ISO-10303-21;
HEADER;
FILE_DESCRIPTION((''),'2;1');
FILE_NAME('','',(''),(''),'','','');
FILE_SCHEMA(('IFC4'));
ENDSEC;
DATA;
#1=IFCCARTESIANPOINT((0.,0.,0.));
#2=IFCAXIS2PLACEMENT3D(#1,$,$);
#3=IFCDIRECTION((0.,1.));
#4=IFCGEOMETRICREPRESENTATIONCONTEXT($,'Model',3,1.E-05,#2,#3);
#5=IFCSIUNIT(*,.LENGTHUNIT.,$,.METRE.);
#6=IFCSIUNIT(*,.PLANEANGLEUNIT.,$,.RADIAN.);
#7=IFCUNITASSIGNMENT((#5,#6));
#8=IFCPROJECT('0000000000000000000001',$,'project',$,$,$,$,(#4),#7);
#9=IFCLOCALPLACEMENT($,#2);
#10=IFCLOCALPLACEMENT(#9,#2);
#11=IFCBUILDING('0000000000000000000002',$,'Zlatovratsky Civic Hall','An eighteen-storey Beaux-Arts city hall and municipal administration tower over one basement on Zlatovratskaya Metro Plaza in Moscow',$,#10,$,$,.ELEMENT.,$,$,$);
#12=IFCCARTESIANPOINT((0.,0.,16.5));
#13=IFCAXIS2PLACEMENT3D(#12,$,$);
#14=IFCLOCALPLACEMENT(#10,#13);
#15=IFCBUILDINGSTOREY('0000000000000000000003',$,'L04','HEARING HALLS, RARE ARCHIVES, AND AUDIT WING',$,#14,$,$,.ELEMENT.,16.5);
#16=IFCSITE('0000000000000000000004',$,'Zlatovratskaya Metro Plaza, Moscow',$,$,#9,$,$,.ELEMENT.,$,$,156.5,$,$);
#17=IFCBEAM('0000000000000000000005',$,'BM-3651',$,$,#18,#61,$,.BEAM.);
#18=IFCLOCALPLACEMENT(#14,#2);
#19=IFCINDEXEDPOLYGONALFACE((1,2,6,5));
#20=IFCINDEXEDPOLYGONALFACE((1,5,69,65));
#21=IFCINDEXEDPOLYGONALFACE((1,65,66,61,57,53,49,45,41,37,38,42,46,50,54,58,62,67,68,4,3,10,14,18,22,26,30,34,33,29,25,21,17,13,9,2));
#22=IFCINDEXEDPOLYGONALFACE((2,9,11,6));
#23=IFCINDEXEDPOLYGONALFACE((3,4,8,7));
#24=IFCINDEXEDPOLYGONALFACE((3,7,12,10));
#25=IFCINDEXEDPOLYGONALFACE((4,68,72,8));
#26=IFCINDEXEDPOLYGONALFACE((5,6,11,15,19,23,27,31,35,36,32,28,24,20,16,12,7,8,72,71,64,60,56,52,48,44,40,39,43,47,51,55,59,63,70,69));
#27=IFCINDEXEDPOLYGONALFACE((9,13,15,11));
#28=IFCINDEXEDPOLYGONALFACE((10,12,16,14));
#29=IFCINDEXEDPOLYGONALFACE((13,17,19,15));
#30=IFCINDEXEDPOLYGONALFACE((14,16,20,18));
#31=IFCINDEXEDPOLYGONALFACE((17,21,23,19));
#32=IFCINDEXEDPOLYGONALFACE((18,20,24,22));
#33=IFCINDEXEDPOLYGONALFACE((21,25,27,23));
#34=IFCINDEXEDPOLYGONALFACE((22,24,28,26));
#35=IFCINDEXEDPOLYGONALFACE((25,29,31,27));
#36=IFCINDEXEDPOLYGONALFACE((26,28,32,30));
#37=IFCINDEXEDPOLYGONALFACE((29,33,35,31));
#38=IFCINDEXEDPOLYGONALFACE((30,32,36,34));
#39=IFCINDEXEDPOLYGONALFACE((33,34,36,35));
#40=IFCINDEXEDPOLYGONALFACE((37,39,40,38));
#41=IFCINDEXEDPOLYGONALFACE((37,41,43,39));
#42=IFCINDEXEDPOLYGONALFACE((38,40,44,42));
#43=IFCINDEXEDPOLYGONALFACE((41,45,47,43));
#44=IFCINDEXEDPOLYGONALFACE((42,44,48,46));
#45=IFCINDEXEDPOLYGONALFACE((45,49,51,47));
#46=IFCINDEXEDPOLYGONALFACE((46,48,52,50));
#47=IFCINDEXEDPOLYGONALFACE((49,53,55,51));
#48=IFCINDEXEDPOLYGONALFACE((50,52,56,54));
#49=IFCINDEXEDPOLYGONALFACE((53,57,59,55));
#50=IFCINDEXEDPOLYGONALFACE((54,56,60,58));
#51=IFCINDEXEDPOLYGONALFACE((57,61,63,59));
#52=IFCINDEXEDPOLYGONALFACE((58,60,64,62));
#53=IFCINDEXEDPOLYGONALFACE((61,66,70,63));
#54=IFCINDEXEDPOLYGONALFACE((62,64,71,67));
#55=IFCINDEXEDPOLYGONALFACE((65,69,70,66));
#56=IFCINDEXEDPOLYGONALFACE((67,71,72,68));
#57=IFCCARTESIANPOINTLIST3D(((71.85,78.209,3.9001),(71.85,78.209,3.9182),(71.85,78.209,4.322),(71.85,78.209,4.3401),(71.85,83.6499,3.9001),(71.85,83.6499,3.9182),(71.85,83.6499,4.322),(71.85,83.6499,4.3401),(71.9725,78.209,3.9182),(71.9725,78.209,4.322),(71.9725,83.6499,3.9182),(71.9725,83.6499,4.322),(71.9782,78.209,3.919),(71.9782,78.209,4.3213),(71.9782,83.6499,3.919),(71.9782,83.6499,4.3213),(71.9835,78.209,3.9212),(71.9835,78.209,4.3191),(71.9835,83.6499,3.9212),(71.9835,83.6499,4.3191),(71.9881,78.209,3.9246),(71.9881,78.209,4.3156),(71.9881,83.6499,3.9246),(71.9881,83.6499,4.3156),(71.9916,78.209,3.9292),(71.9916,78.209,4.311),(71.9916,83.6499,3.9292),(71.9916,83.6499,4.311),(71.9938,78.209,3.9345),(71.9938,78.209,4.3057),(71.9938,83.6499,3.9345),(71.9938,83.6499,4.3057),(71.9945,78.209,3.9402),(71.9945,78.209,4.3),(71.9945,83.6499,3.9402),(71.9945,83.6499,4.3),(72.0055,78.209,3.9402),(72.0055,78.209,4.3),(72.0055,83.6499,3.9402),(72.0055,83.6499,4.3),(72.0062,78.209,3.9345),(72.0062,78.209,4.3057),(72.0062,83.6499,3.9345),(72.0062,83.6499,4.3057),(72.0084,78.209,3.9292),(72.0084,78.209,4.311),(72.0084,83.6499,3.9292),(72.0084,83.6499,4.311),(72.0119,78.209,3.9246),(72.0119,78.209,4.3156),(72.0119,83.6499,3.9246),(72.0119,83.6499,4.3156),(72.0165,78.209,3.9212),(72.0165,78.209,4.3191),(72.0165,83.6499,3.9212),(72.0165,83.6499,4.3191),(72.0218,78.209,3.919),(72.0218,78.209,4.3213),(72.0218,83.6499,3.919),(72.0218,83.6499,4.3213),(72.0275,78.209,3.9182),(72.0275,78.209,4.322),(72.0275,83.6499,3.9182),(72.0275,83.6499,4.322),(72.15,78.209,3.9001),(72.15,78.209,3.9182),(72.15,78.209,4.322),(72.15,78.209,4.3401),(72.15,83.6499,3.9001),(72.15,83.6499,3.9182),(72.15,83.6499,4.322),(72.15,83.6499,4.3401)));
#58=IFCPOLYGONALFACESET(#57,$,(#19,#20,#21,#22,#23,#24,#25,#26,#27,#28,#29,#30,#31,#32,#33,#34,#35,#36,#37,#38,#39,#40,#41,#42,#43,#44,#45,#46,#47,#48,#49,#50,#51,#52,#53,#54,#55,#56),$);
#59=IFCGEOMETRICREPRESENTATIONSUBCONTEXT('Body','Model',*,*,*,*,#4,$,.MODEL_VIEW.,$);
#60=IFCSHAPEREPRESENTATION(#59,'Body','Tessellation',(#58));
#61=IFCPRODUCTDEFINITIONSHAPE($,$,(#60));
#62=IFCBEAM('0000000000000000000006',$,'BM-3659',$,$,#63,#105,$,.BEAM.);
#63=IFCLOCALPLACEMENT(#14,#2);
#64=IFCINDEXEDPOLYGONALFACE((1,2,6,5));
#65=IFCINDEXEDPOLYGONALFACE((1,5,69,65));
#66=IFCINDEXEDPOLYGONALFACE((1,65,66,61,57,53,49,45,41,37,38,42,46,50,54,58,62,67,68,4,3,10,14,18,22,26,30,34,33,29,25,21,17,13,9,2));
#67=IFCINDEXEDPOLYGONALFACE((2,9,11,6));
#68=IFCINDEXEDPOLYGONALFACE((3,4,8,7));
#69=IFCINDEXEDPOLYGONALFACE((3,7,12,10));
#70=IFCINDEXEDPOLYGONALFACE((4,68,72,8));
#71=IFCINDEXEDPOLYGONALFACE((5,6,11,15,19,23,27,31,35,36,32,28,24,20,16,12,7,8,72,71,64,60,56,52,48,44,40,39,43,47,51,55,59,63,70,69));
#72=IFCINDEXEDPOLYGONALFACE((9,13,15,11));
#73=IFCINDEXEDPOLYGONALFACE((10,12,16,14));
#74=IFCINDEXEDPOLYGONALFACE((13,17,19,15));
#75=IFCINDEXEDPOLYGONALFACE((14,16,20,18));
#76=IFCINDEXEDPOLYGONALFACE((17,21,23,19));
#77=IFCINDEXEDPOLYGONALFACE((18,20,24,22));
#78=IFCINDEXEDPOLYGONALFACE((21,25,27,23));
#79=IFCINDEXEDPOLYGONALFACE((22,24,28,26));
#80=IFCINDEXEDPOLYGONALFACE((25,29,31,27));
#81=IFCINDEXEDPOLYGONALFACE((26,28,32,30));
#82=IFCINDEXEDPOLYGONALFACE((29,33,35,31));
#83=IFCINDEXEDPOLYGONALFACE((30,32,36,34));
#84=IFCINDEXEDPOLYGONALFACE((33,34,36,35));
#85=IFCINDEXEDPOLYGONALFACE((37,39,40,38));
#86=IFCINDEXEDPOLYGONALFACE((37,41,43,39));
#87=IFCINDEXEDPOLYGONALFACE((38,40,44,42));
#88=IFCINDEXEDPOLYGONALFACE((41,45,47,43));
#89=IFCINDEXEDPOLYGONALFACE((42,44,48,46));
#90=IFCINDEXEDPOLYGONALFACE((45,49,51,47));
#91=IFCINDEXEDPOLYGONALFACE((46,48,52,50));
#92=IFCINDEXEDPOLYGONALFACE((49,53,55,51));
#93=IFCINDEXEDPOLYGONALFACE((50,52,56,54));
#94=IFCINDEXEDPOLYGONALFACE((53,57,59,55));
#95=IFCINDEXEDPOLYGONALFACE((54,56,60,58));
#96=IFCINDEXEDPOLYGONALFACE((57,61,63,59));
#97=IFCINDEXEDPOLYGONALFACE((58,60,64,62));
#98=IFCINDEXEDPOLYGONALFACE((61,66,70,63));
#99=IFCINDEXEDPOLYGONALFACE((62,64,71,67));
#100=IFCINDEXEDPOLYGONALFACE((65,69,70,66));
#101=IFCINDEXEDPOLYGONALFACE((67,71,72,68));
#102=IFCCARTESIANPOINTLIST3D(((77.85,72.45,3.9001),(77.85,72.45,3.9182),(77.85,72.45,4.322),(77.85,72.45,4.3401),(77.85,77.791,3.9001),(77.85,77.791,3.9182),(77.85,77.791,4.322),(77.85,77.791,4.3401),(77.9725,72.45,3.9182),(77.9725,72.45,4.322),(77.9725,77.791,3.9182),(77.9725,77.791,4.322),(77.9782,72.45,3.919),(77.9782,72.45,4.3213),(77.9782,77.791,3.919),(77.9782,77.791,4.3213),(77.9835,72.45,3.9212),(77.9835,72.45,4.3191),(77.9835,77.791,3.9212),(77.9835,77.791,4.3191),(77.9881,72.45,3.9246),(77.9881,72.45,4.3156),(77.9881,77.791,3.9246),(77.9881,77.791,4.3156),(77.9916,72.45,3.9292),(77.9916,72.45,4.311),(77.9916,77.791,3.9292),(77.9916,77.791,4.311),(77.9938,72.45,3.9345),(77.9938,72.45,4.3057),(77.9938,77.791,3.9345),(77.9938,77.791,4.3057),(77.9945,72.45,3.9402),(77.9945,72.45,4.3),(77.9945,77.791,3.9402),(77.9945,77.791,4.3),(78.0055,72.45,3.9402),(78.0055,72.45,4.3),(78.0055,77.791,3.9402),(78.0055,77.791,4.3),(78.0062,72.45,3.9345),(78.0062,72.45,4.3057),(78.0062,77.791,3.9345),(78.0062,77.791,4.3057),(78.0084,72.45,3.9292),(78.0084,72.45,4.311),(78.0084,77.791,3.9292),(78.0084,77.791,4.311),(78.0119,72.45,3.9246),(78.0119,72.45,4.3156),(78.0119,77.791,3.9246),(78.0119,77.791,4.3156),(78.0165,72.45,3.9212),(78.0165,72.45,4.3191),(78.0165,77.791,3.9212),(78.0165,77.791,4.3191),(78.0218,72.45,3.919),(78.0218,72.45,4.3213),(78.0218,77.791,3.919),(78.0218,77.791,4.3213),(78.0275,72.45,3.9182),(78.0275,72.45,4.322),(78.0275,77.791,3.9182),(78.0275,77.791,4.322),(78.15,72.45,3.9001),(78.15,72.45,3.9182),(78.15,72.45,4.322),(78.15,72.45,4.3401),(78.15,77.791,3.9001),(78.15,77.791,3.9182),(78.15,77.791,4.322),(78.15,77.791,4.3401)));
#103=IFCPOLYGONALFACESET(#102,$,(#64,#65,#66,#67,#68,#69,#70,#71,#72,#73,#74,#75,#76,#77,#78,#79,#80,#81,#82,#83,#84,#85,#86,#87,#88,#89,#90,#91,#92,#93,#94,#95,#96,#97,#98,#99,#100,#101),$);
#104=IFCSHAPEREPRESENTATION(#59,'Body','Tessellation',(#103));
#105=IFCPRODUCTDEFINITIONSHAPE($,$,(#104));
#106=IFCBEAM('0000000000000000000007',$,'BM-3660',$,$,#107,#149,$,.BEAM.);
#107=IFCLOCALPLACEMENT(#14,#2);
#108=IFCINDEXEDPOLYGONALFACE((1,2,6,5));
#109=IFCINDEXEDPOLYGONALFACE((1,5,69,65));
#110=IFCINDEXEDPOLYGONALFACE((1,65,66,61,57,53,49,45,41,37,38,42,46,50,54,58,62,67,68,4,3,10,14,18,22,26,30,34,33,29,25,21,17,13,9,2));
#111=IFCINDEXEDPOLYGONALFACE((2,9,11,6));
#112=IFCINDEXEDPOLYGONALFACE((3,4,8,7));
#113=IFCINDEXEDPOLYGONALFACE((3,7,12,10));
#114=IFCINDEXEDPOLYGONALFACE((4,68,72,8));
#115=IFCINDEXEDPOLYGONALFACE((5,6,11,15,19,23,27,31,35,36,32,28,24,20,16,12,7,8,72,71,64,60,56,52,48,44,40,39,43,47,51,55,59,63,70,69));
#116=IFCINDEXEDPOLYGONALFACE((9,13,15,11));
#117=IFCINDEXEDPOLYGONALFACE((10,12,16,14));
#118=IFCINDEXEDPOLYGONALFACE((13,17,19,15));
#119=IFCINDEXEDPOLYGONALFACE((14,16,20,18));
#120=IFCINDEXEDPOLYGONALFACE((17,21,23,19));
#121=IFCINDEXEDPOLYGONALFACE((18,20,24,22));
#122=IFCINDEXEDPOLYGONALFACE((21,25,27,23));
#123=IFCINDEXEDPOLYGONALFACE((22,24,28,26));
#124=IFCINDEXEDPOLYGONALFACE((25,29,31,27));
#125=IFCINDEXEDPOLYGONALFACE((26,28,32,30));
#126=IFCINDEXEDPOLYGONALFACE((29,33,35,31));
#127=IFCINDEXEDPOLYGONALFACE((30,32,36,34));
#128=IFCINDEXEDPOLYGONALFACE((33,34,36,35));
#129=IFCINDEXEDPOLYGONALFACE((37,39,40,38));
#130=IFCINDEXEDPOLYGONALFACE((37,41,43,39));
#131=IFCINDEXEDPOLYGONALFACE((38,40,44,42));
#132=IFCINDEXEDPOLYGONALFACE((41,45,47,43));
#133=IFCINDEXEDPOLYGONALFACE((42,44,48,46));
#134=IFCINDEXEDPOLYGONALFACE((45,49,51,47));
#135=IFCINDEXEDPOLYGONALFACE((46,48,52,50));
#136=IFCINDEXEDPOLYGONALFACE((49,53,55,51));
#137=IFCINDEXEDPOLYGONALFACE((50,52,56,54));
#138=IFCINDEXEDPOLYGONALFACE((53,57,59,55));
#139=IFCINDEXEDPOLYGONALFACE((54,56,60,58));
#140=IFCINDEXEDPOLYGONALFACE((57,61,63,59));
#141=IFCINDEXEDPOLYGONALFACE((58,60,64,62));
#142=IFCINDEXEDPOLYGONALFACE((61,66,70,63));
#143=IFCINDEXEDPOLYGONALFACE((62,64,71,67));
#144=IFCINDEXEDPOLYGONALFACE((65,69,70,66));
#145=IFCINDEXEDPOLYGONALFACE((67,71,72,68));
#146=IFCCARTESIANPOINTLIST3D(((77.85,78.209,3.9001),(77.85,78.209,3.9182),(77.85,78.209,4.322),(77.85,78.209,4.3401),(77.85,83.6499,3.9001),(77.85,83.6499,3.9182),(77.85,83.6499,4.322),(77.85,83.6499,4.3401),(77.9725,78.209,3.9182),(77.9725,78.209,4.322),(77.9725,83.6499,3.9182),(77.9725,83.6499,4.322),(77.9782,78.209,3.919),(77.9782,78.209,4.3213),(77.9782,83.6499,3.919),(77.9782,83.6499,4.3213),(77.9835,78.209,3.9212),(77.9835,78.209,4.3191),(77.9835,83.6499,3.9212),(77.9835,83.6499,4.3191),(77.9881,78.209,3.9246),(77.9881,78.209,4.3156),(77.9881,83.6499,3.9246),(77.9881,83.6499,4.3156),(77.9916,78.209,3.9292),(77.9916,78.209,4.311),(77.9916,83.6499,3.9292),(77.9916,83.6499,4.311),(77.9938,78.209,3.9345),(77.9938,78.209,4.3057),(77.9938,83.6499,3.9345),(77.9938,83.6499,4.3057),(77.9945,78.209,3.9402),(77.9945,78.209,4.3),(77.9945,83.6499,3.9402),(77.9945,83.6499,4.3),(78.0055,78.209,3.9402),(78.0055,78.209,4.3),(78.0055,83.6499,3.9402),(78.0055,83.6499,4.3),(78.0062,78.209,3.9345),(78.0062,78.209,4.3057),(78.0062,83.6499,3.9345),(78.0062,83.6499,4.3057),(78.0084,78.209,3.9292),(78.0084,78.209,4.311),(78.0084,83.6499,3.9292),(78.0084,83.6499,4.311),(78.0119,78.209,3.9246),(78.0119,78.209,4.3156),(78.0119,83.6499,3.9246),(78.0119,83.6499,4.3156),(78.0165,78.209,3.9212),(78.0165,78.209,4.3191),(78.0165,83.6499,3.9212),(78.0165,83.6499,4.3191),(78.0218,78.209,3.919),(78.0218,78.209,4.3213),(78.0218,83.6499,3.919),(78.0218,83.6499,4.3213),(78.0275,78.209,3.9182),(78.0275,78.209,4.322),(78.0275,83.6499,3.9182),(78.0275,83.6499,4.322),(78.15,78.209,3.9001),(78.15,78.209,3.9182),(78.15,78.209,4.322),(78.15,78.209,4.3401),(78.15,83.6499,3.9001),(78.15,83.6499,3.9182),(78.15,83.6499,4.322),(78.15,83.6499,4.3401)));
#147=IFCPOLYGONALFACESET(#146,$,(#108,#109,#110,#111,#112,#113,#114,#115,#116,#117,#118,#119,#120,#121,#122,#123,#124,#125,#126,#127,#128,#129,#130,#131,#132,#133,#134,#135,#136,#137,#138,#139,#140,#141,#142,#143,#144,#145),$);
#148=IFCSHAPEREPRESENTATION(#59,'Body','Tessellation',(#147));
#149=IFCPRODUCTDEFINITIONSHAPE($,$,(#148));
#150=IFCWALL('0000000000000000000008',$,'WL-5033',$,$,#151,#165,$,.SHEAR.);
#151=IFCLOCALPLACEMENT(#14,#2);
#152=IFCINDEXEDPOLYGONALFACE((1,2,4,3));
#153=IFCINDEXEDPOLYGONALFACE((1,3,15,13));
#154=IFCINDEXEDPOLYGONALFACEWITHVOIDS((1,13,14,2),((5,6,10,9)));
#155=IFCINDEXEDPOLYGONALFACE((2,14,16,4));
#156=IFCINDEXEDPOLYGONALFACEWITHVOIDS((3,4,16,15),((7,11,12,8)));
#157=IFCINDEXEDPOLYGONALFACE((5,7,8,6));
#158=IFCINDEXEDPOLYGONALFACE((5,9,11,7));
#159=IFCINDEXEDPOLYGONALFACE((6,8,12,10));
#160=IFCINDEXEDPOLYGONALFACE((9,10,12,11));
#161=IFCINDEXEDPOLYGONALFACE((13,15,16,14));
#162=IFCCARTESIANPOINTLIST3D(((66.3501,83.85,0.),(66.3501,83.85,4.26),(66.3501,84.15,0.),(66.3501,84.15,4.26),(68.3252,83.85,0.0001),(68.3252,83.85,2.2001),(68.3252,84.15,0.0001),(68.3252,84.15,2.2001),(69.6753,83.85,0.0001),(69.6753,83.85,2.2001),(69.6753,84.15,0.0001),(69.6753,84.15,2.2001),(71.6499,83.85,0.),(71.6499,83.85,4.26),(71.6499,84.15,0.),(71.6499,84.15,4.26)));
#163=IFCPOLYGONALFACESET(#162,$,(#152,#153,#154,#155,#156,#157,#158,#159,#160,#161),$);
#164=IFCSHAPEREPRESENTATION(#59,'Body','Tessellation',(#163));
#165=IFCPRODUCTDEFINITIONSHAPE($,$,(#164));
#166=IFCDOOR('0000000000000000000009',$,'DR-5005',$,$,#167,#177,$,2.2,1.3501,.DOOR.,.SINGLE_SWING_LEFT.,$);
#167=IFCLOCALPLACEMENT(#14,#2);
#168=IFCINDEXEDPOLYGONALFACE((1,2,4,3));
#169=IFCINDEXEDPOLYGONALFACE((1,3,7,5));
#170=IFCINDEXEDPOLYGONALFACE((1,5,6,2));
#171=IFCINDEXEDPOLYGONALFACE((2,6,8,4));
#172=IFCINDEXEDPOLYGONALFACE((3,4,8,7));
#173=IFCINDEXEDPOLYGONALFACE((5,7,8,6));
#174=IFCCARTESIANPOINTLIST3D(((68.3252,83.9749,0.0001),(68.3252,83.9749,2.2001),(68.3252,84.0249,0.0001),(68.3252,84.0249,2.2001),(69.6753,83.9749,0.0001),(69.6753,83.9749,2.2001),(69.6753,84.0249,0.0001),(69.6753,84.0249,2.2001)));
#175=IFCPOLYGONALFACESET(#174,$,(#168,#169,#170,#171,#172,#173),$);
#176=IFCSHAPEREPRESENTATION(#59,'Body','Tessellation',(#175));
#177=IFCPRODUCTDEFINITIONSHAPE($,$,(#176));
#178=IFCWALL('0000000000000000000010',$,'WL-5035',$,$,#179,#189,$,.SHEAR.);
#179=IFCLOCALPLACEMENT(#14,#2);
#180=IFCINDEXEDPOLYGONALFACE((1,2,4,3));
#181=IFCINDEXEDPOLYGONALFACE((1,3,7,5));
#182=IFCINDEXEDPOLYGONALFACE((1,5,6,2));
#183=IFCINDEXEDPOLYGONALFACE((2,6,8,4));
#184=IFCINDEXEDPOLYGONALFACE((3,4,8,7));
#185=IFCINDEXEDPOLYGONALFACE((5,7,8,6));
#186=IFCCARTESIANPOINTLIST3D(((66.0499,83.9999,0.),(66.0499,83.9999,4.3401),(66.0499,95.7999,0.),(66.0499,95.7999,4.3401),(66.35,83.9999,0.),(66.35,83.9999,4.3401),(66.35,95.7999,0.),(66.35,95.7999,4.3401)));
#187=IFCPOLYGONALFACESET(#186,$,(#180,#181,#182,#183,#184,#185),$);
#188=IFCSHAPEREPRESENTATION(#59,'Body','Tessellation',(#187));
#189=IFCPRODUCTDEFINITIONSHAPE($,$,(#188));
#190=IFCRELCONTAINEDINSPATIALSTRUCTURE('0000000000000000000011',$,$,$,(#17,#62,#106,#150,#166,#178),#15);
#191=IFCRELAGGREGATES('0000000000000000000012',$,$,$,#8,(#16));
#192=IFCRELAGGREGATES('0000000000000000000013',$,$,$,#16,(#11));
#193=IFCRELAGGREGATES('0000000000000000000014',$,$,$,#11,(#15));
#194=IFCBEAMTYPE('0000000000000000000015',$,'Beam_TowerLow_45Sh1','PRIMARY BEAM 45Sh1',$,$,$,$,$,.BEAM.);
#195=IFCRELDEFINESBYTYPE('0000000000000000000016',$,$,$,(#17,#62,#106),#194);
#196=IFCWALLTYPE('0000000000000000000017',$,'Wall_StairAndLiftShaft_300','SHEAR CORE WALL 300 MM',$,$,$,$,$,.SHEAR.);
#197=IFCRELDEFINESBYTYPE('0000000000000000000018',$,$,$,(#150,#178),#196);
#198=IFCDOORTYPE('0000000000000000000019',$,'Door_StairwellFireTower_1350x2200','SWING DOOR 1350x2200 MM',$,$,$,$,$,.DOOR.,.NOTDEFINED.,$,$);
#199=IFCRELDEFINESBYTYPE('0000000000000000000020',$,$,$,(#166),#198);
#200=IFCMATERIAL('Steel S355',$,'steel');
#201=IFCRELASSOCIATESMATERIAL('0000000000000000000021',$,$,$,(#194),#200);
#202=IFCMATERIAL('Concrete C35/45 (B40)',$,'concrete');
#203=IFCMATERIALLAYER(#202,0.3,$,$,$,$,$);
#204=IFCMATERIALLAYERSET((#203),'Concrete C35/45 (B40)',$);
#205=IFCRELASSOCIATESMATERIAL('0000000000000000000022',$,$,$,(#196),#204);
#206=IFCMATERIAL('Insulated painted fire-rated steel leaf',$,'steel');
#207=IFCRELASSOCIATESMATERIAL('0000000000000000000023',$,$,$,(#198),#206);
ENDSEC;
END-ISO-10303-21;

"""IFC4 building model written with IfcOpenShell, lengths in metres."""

from ifc_helpers import new_model, si_unit, direction, frame, frame_2d, origin, origin_2d, place, context, subcontext, project, spatial, rectangle, i_section, extrude, material, layer, layer_set, material_profile, profile_set, type_object, element, fill, save


model = new_model("IFC4")

# Units and contexts
model_context = context("Model", 3, precision=1e-05, world=origin(), true_north=direction((0.0, 1.0)))
body_context = subcontext(model_context, "Body", "Model", "MODEL_VIEW")
ifc_project = project(units=[si_unit("LENGTHUNIT", "METRE"), si_unit("PLANEANGLEUNIT", "RADIAN")], contexts=[model_context])

# Site, building, storey
site_placement = place(None, origin())
site = spatial("IfcSite", under=ifc_project, at=site_placement, Name="Zlatovratskaya Metro Plaza, Moscow", CompositionType="ELEMENT", RefElevation=156.5)
building_placement = place(site_placement, origin())
building = spatial("IfcBuilding", under=site, at=building_placement, Name="Zlatovratsky Civic Hall", Description="An eighteen-storey Beaux-Arts city hall and municipal administration tower over one basement on Zlatovratskaya Metro Plaza in Moscow", CompositionType="ELEMENT")
storey_placement = place(building_placement, frame((0.0, 0.0, 16.5)))
storey = spatial("IfcBuildingStorey", under=building, at=storey_placement, Name="L04", Description="HEARING HALLS, RARE ARCHIVES, AND AUDIT WING", CompositionType="ELEMENT", Elevation=16.5)

# Shared definitions
ifc_material_1 = material(Name="Concrete C35/45 (B40)", Category="concrete")
ifc_material_2 = material(Name="Steel S355", Category="steel")

# Beams
ifc_material_profile_1 = material_profile(ifc_material_2, i_section(OverallWidth=0.3, OverallDepth=0.4399, WebThickness=0.011, FlangeThickness=0.0181, FilletRadius=0.022, at=origin_2d()), Name="45Sh1")
ifc_profile_set_1 = profile_set([ifc_material_profile_1], Name="Steel S355")
beam_type_1 = type_object("IfcBeamType", Name="Beam_TowerLow_45Sh1", Description="PRIMARY BEAM 45Sh1", PredefinedType="BEAM", material=ifc_profile_set_1)
beam_1_placement = place(storey_placement, frame((72.0, 78.209, 4.1201), z_axis=(0.0, 1.0, 0.0), x_axis=(-1.0, 0.0, 0.0)))
element("IfcBeam", 1, at=beam_1_placement, inside=storey, type_object=beam_type_1, Name="BM-3651", PredefinedType="BEAM", context=body_context, shape_type="SweptSolid", body=[
    extrude(i_section(OverallWidth=0.3, OverallDepth=0.4399, WebThickness=0.011, FlangeThickness=0.0181, FilletRadius=0.022, at=origin_2d()), origin(), (0.0, 0.0, 1.0), 5.4409),
])
beam_2_placement = place(storey_placement, frame((78.0, 72.45, 4.1201), z_axis=(0.0, 1.0, 0.0), x_axis=(-1.0, 0.0, 0.0)))
element("IfcBeam", 2, at=beam_2_placement, inside=storey, type_object=beam_type_1, Name="BM-3659", PredefinedType="BEAM", context=body_context, shape_type="SweptSolid", body=[
    extrude(i_section(OverallWidth=0.3, OverallDepth=0.4399, WebThickness=0.011, FlangeThickness=0.0181, FilletRadius=0.022, at=origin_2d()), origin(), (0.0, 0.0, 1.0), 5.3411),
])
beam_3_placement = place(storey_placement, frame((78.0, 78.209, 4.1201), z_axis=(0.0, 1.0, 0.0), x_axis=(-1.0, 0.0, 0.0)))
element("IfcBeam", 3, at=beam_3_placement, inside=storey, type_object=beam_type_1, Name="BM-3660", PredefinedType="BEAM", context=body_context, shape_type="SweptSolid", body=[
    extrude(i_section(OverallWidth=0.3, OverallDepth=0.4399, WebThickness=0.011, FlangeThickness=0.0181, FilletRadius=0.022, at=origin_2d()), origin(), (0.0, 0.0, 1.0), 5.4409),
])

# Wall, opening, door
ifc_layer = layer(ifc_material_1, 0.3)
ifc_layer_set = layer_set([ifc_layer], Name="Concrete C35/45 (B40)")
wall_type = type_object("IfcWallType", Name="Wall_StairAndLiftShaft_300", Description="SHEAR CORE WALL 300 MM", PredefinedType="SHEAR", material=ifc_layer_set)
wall_1_placement = place(storey_placement, frame((66.3501, 84.0, 0.0), z_axis=(0.0, 0.0, 1.0), x_axis=(1.0, 0.0, 0.0)))
wall_1 = element("IfcWall", 4, at=wall_1_placement, inside=storey, type_object=wall_type, Name="WL-5033", PredefinedType="SHEAR", context=body_context, shape_type="SweptSolid", body=[
    extrude(rectangle(XDim=5.2998, YDim=0.3, at=frame_2d((2.6499, 0.0))), origin(), (0.0, 0.0, 1.0), 4.26),
])
opening_1_placement = place(wall_1_placement, frame((1.9751, 0.0, 0.0)))
opening_1 = element("IfcOpeningElement", 5, at=opening_1_placement, cuts=wall_1, PredefinedType="OPENING", context=body_context, shape_type="SweptSolid", body=[
    extrude(rectangle(XDim=1.3501, YDim=2.2, at=frame_2d((0.675, 1.1001))), frame((0.0, 0.165, 0.0), z_axis=(0.0, -1.0, 0.0), x_axis=(1.0, 0.0, 0.0)), (0.0, 0.0, 1.0), 0.3298),
])
ifc_material_3 = material(Name="Insulated painted fire-rated steel leaf", Category="steel")
door_type_1 = type_object("IfcDoorType", Name="Door_StairwellFireTower_1350x2200", Description="SWING DOOR 1350x2200 MM", OperationType="NOTDEFINED", PredefinedType="DOOR", material=ifc_material_3)
door_1_placement = place(opening_1_placement, origin())
door_1 = element("IfcDoor", 6, at=door_1_placement, inside=storey, type_object=door_type_1, Name="DR-5005", OperationType="SINGLE_SWING_LEFT", OverallHeight=2.2, OverallWidth=1.3501, PredefinedType="DOOR", context=body_context, shape_type="SweptSolid", body=[
    extrude(rectangle(XDim=1.3501, YDim=2.2, at=frame_2d((0.675, 1.1001))), frame((0.0, 0.0249, 0.0), z_axis=(0.0, -1.0, 0.0), x_axis=(1.0, 0.0, 0.0)), (0.0, 0.0, 1.0), 0.05),
])
fill(opening_1, door_1)

# Wall
for number, where, z_axis, x_axis, name in (
    (7, (66.2, 84.0, 0.0), (0.0, 0.0, 1.0), (0.0, 1.0, 0.0), "WL-5035"),
):
    element("IfcWall", number, at=place(storey_placement, frame(where, z_axis=z_axis, x_axis=x_axis)), inside=storey, type_object=wall_type, Name=name, PredefinedType="SHEAR", context=body_context, shape_type="SweptSolid", body=[
        extrude(rectangle(XDim=11.8, YDim=0.3, at=frame_2d((5.8999, 0.0))), origin(), (0.0, 0.0, 1.0), 4.3401),
    ])

save(model, "model.ifc")
